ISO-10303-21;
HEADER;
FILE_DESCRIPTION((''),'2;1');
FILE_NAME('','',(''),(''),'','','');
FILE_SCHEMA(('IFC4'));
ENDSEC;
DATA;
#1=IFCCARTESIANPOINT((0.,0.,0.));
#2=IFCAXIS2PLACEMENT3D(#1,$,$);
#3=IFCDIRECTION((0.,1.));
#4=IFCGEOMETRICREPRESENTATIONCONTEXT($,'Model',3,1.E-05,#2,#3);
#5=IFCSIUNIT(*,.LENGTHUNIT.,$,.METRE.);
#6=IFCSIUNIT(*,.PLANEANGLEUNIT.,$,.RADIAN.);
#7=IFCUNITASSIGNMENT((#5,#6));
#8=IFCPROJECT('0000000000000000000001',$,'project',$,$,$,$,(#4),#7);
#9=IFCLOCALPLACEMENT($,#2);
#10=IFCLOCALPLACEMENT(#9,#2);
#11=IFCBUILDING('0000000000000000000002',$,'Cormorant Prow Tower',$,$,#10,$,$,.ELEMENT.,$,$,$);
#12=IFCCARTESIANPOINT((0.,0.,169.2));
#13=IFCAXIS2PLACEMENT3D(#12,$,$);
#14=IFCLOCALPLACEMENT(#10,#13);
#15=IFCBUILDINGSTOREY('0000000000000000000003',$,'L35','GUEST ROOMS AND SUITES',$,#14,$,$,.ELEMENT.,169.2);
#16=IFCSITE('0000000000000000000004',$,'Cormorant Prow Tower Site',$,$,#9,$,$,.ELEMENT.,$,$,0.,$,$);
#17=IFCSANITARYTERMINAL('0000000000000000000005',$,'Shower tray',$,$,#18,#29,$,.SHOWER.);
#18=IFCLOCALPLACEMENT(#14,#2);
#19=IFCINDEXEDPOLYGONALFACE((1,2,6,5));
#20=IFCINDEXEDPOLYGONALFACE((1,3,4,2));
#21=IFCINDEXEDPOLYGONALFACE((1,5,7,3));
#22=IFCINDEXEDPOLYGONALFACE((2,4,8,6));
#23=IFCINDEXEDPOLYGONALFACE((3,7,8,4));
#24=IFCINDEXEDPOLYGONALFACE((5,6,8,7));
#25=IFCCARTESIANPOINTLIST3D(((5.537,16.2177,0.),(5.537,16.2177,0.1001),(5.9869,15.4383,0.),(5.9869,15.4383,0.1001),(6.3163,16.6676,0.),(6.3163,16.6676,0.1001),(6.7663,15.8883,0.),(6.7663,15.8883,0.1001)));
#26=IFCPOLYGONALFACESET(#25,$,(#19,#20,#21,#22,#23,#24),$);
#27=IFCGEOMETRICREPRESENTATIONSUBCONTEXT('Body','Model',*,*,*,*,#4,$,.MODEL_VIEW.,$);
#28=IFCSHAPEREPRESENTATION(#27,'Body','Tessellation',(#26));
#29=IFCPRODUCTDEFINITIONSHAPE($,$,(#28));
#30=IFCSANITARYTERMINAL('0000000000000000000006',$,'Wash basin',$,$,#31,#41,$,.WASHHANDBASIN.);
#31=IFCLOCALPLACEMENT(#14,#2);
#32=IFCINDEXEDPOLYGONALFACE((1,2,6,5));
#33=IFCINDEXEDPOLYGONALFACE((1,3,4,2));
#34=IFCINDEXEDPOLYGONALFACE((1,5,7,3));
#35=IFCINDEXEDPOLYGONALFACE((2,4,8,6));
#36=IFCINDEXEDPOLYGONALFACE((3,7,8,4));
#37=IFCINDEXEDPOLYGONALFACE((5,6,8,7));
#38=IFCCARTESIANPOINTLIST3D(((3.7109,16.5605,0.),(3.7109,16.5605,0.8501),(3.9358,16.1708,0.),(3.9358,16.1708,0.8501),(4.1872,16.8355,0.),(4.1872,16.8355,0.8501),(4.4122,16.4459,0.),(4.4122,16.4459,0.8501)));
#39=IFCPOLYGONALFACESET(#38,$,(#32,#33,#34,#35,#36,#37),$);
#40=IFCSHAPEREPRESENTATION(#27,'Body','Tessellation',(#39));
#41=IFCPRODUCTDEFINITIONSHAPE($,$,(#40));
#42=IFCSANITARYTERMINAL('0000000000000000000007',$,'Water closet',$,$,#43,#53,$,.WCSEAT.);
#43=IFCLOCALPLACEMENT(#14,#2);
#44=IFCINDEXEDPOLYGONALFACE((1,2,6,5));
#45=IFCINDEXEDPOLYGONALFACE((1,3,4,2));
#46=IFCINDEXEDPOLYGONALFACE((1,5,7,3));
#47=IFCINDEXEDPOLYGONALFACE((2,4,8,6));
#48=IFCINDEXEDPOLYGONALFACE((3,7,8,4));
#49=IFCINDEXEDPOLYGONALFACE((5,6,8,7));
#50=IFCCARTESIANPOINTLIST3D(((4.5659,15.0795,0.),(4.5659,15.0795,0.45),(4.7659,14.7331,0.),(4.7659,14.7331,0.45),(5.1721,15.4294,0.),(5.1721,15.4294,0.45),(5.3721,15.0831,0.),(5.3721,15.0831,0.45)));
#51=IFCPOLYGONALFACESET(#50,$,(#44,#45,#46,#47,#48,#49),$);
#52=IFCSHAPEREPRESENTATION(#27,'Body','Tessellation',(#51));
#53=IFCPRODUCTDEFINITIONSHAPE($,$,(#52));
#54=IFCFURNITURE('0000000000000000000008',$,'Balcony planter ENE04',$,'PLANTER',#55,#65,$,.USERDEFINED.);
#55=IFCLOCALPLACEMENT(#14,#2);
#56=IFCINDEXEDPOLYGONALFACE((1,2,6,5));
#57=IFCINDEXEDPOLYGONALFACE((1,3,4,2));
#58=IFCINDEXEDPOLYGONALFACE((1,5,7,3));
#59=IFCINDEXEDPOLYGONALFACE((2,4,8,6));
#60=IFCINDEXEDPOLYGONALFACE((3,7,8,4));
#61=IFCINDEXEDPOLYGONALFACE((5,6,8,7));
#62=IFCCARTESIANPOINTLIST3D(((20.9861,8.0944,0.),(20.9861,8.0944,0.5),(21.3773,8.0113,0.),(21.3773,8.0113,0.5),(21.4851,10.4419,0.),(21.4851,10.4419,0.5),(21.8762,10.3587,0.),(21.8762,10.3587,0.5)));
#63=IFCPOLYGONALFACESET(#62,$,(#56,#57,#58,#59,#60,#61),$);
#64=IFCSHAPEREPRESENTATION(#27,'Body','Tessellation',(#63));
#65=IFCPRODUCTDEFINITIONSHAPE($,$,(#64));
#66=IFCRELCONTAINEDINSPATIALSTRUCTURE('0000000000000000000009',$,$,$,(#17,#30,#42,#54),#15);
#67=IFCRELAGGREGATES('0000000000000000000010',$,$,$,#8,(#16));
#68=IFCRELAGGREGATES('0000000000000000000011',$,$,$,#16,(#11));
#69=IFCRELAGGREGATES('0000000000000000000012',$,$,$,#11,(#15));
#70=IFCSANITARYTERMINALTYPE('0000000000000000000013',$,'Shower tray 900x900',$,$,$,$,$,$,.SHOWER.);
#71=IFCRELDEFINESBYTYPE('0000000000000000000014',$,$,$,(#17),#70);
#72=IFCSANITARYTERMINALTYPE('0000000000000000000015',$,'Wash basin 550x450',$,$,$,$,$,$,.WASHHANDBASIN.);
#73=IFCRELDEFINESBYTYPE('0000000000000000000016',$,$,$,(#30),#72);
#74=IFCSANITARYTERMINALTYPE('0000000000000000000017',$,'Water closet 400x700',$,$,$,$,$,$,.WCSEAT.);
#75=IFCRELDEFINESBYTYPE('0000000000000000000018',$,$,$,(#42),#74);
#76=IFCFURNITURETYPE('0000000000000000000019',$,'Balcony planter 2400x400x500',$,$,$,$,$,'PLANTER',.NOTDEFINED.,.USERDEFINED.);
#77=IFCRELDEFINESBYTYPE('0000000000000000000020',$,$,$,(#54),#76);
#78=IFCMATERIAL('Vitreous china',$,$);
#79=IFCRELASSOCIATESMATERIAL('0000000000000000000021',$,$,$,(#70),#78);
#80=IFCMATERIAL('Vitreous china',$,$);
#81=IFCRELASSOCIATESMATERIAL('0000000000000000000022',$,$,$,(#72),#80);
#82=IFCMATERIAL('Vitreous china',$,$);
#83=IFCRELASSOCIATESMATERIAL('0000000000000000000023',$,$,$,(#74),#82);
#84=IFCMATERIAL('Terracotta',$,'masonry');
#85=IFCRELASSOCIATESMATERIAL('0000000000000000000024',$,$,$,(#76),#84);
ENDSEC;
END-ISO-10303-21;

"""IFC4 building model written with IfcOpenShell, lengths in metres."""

from ifc_helpers import new_model, si_unit, direction, frame, origin, origin_2d, place, context, subcontext, project, spatial, rectangle, extrude, material, type_object, element, save


model = new_model("IFC4")

# Units and contexts
model_context = context("Model", 3, precision=1e-05, world=origin(), true_north=direction((0.0, 1.0)))
body_context = subcontext(model_context, "Body", "Model", "MODEL_VIEW")
ifc_project = project(units=[si_unit("LENGTHUNIT", "METRE"), si_unit("PLANEANGLEUNIT", "RADIAN")], contexts=[model_context])

# Site, building, storey
site_placement = place(None, origin())
site = spatial("IfcSite", under=ifc_project, at=site_placement, Name="Cormorant Prow Tower Site", CompositionType="ELEMENT", RefElevation=0.0)
building_placement = place(site_placement, origin())
building = spatial("IfcBuilding", under=site, at=building_placement, Name="Cormorant Prow Tower", CompositionType="ELEMENT")
storey_placement = place(building_placement, frame((0.0, 0.0, 169.2)))
storey = spatial("IfcBuildingStorey", under=building, at=storey_placement, Name="L35", Description="GUEST ROOMS AND SUITES", CompositionType="ELEMENT", Elevation=169.2)

# Sanitary terminals
ifc_material_1 = material(Name="Vitreous china")
sanitary_terminal_type_1 = type_object("IfcSanitaryTerminalType", Name="Shower tray 900x900", PredefinedType="SHOWER", material=ifc_material_1)
sanitary_terminal_1_placement = place(storey_placement, frame((6.1516, 16.053, 0.0), z_axis=(0.0, 0.0, 1.0), x_axis=(-0.866025, -0.5, 0.0)))
element("IfcSanitaryTerminal", 1, at=sanitary_terminal_1_placement, inside=storey, type_object=sanitary_terminal_type_1, Name="Shower tray", PredefinedType="SHOWER", context=body_context, shape_type="SweptSolid", body=[
    extrude(rectangle(XDim=0.8999, YDim=0.8999, at=origin_2d()), origin(), (0.0, 0.0, 1.0), 0.1001),
])
ifc_material_2 = material(Name="Vitreous china")
sanitary_terminal_type_2 = type_object("IfcSanitaryTerminalType", Name="Wash basin 550x450", PredefinedType="WASHHANDBASIN", material=ifc_material_2)
sanitary_terminal_2_placement = place(storey_placement, frame((4.0615, 16.5032, 0.0), z_axis=(0.0, 0.0, 1.0), x_axis=(0.866025, 0.5, 0.0)))
element("IfcSanitaryTerminal", 2, at=sanitary_terminal_2_placement, inside=storey, type_object=sanitary_terminal_type_2, Name="Wash basin", PredefinedType="WASHHANDBASIN", context=body_context, shape_type="SweptSolid", body=[
    extrude(rectangle(XDim=0.55, YDim=0.45, at=origin_2d()), origin(), (0.0, 0.0, 1.0), 0.8501),
])
ifc_material_3 = material(Name="Vitreous china")
sanitary_terminal_type_3 = type_object("IfcSanitaryTerminalType", Name="Water closet 400x700", PredefinedType="WCSEAT", material=ifc_material_3)
sanitary_terminal_3_placement = place(storey_placement, frame((4.969, 15.0813, 0.0), z_axis=(0.0, 0.0, 1.0), x_axis=(-0.5, 0.866025, 0.0)))
element("IfcSanitaryTerminal", 3, at=sanitary_terminal_3_placement, inside=storey, type_object=sanitary_terminal_type_3, Name="Water closet", PredefinedType="WCSEAT", context=body_context, shape_type="SweptSolid", body=[
    extrude(rectangle(XDim=0.3999, YDim=0.7, at=origin_2d()), origin(), (0.0, 0.0, 1.0), 0.45),
])

# Furniture
ifc_material_4 = material(Name="Terracotta", Category="masonry")
furniture_type = type_object("IfcFurnitureType", Name="Balcony planter 2400x400x500", ElementType="PLANTER", AssemblyPlace="NOTDEFINED", PredefinedType="USERDEFINED", material=ifc_material_4)
furniture_placement = place(storey_placement, frame((21.4312, 9.2266, 0.0), z_axis=(0.0, 0.0, 1.0), x_axis=(0.207912, 0.978148, 0.0)))
element("IfcFurniture", 4, at=furniture_placement, inside=storey, type_object=furniture_type, Name="Balcony planter ENE04", ObjectType="PLANTER", PredefinedType="USERDEFINED", context=body_context, shape_type="SweptSolid", body=[
    extrude(rectangle(XDim=2.3999, YDim=0.3999, at=origin_2d()), origin(), (0.0, 0.0, 1.0), 0.5),
])

save(model, "model.ifc")
